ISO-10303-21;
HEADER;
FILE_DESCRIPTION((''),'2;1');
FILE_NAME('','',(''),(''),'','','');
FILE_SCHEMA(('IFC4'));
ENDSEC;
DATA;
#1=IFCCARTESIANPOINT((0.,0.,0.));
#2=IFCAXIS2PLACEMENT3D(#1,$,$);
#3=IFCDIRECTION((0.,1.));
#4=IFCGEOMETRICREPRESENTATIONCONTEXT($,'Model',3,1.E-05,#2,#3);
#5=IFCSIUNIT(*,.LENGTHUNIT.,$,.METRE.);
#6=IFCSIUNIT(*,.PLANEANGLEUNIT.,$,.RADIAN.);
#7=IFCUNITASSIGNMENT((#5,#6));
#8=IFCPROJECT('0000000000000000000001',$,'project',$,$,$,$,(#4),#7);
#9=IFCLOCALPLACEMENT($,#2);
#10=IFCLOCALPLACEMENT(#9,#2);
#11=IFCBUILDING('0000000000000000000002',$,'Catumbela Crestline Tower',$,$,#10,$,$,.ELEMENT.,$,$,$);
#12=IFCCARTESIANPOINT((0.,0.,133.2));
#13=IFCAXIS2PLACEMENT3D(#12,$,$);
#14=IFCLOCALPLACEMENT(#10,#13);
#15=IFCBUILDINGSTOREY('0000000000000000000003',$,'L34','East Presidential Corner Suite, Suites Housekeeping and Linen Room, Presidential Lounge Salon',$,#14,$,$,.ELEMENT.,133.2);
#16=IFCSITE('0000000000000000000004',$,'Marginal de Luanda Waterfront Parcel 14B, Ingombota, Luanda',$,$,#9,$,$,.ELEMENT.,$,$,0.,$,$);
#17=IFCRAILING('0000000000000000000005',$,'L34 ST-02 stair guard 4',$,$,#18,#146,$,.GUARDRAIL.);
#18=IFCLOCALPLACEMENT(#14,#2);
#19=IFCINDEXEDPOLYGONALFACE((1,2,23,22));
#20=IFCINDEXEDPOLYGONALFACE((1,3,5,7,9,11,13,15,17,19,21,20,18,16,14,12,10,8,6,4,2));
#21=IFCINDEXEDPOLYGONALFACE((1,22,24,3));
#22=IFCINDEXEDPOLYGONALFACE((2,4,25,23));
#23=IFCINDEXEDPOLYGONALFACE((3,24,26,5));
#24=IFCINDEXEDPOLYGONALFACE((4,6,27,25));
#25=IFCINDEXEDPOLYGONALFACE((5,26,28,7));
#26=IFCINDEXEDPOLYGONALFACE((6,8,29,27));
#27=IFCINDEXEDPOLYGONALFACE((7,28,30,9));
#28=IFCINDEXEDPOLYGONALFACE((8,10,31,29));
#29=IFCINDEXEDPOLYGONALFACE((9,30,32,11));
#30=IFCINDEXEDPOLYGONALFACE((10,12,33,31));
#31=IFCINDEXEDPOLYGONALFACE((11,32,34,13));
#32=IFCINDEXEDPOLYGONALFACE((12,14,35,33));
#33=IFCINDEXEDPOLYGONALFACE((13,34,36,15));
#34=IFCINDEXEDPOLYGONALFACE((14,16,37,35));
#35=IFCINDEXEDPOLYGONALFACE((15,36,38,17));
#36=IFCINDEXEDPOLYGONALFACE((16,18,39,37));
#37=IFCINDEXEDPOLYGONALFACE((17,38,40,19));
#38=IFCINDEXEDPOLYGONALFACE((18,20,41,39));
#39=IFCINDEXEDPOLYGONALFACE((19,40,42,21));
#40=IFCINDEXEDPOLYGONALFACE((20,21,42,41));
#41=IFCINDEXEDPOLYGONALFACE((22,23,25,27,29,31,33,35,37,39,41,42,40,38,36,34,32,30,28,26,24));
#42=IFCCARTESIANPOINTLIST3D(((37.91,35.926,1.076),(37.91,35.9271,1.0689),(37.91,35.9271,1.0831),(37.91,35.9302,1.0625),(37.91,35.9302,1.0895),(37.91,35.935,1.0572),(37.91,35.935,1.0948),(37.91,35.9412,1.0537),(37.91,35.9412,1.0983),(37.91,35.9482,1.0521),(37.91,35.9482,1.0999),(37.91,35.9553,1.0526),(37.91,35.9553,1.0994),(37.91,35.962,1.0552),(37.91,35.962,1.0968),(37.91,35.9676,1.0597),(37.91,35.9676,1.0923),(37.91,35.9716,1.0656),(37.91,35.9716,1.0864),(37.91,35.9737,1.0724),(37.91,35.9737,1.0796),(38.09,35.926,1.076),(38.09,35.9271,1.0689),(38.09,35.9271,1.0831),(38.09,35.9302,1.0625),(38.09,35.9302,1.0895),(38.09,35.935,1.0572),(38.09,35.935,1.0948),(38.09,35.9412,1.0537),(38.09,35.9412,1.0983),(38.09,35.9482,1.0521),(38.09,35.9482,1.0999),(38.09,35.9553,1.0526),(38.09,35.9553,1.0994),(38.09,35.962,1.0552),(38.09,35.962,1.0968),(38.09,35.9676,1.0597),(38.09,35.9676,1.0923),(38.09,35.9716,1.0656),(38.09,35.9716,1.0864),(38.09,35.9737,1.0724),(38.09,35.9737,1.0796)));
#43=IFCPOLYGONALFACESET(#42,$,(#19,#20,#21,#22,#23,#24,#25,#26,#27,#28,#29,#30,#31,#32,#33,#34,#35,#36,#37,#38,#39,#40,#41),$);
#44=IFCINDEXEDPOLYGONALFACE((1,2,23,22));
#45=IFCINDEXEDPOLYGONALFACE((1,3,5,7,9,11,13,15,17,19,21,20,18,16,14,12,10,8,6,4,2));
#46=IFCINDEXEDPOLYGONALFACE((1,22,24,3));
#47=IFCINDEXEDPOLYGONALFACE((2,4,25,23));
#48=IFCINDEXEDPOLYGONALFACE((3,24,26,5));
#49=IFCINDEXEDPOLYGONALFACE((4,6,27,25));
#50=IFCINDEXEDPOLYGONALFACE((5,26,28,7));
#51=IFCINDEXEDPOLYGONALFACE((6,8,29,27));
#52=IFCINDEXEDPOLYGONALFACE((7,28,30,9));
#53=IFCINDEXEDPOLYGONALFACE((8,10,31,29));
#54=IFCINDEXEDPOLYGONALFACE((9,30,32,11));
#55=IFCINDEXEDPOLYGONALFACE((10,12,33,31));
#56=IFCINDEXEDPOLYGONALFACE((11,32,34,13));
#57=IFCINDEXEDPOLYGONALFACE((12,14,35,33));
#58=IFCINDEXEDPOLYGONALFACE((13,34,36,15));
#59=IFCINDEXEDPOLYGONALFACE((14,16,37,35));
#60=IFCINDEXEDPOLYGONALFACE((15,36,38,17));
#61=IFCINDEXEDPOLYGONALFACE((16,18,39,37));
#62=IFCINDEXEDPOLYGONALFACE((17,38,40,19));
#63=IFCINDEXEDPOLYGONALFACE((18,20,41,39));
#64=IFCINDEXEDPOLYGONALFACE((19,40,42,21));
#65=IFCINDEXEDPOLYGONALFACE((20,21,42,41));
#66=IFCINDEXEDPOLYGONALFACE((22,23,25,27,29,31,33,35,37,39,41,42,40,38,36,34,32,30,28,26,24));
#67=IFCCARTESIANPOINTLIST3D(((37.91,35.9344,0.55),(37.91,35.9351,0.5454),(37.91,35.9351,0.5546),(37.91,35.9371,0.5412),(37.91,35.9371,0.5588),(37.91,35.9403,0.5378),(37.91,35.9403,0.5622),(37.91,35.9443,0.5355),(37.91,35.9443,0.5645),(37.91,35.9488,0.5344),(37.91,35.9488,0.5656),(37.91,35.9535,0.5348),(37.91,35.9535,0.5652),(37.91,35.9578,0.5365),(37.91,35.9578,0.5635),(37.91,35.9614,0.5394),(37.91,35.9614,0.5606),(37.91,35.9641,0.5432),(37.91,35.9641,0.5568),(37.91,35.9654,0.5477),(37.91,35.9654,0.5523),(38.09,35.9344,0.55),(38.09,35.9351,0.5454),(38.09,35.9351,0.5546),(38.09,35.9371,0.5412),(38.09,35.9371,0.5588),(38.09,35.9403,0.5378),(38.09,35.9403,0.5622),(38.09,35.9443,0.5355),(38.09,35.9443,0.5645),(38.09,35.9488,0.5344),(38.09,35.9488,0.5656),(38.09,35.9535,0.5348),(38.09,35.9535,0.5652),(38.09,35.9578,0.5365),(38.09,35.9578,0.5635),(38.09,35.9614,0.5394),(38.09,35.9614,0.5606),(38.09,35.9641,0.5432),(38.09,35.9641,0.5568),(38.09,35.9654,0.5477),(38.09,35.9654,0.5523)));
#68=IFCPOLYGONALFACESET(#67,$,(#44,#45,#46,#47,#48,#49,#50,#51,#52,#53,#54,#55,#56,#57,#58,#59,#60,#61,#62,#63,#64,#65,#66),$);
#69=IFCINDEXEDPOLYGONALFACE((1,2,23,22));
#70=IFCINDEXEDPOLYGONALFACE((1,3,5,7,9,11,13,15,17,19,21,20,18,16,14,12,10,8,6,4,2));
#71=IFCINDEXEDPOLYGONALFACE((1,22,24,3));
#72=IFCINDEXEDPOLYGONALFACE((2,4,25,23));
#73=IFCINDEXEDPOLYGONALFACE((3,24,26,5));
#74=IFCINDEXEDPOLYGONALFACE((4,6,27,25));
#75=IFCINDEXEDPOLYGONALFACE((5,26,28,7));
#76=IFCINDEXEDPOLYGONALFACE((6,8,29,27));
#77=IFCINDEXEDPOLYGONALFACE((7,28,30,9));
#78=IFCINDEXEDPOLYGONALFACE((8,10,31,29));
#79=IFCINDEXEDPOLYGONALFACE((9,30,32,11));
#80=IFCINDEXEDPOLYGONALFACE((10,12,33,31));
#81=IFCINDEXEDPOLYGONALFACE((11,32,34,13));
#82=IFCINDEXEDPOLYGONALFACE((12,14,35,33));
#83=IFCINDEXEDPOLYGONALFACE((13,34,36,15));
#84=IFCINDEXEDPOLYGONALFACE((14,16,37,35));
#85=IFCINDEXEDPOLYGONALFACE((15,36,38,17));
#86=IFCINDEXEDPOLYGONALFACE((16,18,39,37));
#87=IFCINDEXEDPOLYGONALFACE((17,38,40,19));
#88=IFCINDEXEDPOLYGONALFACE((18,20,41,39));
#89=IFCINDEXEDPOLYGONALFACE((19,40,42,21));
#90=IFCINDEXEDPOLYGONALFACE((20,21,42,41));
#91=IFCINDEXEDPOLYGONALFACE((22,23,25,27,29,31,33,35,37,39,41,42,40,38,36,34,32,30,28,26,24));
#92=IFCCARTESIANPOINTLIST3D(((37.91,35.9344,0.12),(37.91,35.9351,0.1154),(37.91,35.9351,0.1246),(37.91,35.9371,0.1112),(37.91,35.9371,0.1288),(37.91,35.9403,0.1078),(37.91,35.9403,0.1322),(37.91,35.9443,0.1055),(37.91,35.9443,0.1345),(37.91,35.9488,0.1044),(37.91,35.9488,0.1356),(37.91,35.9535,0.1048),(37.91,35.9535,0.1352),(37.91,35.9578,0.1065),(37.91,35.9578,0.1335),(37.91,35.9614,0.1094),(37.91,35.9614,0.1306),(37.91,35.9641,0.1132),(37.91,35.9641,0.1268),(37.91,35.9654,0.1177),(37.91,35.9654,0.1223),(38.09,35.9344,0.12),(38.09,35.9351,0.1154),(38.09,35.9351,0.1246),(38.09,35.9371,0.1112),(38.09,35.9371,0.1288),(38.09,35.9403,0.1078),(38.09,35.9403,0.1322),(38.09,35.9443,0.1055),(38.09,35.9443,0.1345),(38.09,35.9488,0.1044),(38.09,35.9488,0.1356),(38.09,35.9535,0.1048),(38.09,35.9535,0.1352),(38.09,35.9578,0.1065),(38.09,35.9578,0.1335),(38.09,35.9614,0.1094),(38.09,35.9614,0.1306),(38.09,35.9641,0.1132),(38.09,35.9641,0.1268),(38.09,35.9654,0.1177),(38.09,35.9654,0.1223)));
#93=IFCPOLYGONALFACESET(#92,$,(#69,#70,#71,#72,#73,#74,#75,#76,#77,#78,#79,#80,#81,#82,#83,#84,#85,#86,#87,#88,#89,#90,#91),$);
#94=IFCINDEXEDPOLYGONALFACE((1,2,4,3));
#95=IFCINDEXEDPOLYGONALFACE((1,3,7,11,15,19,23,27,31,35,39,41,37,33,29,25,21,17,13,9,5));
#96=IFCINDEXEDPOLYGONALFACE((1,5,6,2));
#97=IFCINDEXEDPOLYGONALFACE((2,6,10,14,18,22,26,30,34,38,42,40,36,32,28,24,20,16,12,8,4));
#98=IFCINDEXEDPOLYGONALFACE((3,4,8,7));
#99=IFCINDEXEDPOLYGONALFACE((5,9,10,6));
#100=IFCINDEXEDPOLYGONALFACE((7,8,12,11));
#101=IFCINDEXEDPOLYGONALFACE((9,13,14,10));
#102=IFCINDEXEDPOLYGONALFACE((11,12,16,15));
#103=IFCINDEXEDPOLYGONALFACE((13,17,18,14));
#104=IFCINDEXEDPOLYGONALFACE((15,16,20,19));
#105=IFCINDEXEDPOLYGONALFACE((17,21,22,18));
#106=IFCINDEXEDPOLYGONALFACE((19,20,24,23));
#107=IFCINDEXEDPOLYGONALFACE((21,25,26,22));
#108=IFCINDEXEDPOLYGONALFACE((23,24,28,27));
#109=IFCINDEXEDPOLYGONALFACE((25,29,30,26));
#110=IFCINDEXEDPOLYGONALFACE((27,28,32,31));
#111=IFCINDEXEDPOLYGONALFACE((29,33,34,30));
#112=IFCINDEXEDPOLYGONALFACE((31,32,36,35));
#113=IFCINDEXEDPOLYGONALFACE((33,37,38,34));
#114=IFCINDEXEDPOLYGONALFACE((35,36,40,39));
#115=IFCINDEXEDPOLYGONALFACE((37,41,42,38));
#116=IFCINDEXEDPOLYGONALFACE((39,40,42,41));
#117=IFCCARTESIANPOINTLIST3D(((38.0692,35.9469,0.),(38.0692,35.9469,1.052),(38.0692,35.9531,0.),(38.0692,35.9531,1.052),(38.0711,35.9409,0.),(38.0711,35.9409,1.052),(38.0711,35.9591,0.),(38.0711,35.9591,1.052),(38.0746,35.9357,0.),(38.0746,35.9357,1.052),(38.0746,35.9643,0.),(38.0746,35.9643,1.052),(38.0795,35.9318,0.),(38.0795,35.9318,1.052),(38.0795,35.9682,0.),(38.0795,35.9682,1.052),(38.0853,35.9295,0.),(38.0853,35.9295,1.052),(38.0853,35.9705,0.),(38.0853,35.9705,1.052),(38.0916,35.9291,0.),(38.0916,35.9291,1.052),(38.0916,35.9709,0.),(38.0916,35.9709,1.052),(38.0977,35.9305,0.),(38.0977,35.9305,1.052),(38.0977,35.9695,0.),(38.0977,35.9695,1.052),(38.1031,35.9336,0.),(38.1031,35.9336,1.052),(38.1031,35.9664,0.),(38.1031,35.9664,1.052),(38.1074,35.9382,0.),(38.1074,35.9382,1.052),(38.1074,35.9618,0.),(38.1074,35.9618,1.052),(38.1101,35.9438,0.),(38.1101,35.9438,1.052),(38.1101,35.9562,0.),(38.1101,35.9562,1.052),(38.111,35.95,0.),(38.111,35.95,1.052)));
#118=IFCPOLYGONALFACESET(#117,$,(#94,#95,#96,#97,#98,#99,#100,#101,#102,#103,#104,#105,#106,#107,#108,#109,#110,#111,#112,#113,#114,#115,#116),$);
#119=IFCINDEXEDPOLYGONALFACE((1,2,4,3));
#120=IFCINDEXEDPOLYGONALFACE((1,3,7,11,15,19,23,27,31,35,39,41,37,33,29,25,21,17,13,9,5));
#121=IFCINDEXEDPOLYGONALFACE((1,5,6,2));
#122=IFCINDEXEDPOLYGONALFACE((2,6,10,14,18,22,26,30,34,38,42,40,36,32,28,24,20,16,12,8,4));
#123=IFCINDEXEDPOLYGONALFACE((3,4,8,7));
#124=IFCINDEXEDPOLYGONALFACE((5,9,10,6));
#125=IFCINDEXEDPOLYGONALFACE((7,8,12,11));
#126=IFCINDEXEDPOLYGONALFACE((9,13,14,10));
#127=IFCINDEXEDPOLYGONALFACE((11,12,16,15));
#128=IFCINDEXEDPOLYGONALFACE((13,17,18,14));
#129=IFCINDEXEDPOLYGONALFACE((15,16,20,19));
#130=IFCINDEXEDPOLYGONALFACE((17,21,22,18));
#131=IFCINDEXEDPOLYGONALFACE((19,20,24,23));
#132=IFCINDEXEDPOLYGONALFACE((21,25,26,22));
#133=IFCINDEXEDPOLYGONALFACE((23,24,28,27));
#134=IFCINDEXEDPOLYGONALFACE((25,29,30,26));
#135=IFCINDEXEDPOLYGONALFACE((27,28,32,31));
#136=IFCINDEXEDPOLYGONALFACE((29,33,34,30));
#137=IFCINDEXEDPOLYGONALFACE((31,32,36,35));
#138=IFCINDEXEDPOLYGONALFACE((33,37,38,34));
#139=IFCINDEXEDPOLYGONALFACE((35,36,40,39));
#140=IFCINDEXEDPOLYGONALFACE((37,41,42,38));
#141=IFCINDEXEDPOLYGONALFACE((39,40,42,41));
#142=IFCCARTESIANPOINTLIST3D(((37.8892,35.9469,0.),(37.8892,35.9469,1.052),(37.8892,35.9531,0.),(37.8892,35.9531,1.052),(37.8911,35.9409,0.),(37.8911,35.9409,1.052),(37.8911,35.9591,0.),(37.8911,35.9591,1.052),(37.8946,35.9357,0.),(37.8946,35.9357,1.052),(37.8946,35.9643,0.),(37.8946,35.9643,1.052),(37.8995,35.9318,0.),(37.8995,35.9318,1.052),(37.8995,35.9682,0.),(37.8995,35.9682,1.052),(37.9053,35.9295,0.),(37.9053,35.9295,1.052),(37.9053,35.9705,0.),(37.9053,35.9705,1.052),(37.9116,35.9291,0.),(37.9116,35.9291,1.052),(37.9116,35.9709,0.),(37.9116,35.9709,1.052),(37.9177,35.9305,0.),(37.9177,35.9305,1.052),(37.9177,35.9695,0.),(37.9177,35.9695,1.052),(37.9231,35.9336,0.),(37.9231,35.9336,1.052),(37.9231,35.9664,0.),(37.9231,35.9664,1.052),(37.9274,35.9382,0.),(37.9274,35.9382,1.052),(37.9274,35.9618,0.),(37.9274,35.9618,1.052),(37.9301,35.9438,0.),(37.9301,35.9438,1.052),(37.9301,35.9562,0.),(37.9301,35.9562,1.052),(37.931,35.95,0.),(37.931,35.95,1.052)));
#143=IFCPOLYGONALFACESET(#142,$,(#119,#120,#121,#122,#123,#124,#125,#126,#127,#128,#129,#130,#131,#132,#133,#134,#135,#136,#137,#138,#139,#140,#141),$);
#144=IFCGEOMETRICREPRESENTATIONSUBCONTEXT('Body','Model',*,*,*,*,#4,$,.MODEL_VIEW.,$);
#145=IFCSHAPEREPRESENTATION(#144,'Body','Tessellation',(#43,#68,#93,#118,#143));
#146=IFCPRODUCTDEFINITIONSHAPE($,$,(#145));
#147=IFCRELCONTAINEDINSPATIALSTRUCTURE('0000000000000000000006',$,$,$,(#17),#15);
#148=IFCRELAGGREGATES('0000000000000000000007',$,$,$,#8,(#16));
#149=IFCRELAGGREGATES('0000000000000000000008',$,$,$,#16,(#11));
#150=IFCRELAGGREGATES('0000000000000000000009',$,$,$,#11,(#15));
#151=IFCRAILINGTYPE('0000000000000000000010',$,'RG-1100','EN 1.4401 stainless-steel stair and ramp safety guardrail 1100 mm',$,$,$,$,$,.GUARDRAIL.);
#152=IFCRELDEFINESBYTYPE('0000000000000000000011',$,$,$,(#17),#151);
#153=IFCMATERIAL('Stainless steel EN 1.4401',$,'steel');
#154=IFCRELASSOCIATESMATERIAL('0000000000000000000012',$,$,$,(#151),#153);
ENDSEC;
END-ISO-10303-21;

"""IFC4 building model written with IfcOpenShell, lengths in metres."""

from ifc_helpers import new_model, si_unit, direction, frame, origin, origin_2d, place, context, subcontext, project, spatial, circle, extrude, material, type_object, element, save


model = new_model("IFC4")

# Units and contexts
model_context = context("Model", 3, precision=1e-05, world=origin(), true_north=direction((0.0, 1.0)))
body_context = subcontext(model_context, "Body", "Model", "MODEL_VIEW")
ifc_project = project(units=[si_unit("LENGTHUNIT", "METRE"), si_unit("PLANEANGLEUNIT", "RADIAN")], contexts=[model_context])

# Site, building, storey
site_placement = place(None, origin())
site = spatial("IfcSite", under=ifc_project, at=site_placement, Name="Marginal de Luanda Waterfront Parcel 14B, Ingombota, Luanda", CompositionType="ELEMENT", RefElevation=0.0)
building_placement = place(site_placement, origin())
building = spatial("IfcBuilding", under=site, at=building_placement, Name="Catumbela Crestline Tower", CompositionType="ELEMENT")
storey_placement = place(building_placement, frame((0.0, 0.0, 133.2)))
storey = spatial("IfcBuildingStorey", under=building, at=storey_placement, Name="L34", Description="East Presidential Corner Suite, Suites Housekeeping and Linen Room, Presidential Lounge Salon", CompositionType="ELEMENT", Elevation=133.2)

# Shared definitions
ifc_material_1 = material(Name="Stainless steel EN 1.4401", Category="steel")

# Railing
railing_type_1 = type_object("IfcRailingType", Name="RG-1100", Description="EN 1.4401 stainless-steel stair and ramp safety guardrail 1100 mm", PredefinedType="GUARDRAIL", material=ifc_material_1)
railing_1_placement = place(storey_placement, frame((38.09, 35.95, 0.0)))
element("IfcRailing", 1, at=railing_1_placement, inside=storey, type_object=railing_type_1, Name="L34 ST-02 stair guard 4", PredefinedType="GUARDRAIL", context=body_context, shape_type="SweptSolid", body=[
    extrude(circle(Radius=0.024, at=origin_2d()), frame((0.0, 0.0, 1.076), z_axis=(-1.0, 0.0, 0.0), x_axis=(0.0, -1.0, 0.0)), (0.0, 0.0, 1.0), 0.18),
    extrude(circle(Radius=0.0156, at=origin_2d()), frame((0.0, 0.0, 0.55), z_axis=(-1.0, 0.0, 0.0), x_axis=(0.0, -1.0, 0.0)), (0.0, 0.0, 1.0), 0.18),
    extrude(circle(Radius=0.0156, at=origin_2d()), frame((0.0, 0.0, 0.12), z_axis=(-1.0, 0.0, 0.0), x_axis=(0.0, -1.0, 0.0)), (0.0, 0.0, 1.0), 0.18),
    extrude(circle(Radius=0.021, at=origin_2d()), origin(), (0.0, 0.0, 1.0), 1.052),
    extrude(circle(Radius=0.021, at=origin_2d()), frame((-0.18, 0.0, 0.0)), (0.0, 0.0, 1.0), 1.052),
])

save(model, "model.ifc")
